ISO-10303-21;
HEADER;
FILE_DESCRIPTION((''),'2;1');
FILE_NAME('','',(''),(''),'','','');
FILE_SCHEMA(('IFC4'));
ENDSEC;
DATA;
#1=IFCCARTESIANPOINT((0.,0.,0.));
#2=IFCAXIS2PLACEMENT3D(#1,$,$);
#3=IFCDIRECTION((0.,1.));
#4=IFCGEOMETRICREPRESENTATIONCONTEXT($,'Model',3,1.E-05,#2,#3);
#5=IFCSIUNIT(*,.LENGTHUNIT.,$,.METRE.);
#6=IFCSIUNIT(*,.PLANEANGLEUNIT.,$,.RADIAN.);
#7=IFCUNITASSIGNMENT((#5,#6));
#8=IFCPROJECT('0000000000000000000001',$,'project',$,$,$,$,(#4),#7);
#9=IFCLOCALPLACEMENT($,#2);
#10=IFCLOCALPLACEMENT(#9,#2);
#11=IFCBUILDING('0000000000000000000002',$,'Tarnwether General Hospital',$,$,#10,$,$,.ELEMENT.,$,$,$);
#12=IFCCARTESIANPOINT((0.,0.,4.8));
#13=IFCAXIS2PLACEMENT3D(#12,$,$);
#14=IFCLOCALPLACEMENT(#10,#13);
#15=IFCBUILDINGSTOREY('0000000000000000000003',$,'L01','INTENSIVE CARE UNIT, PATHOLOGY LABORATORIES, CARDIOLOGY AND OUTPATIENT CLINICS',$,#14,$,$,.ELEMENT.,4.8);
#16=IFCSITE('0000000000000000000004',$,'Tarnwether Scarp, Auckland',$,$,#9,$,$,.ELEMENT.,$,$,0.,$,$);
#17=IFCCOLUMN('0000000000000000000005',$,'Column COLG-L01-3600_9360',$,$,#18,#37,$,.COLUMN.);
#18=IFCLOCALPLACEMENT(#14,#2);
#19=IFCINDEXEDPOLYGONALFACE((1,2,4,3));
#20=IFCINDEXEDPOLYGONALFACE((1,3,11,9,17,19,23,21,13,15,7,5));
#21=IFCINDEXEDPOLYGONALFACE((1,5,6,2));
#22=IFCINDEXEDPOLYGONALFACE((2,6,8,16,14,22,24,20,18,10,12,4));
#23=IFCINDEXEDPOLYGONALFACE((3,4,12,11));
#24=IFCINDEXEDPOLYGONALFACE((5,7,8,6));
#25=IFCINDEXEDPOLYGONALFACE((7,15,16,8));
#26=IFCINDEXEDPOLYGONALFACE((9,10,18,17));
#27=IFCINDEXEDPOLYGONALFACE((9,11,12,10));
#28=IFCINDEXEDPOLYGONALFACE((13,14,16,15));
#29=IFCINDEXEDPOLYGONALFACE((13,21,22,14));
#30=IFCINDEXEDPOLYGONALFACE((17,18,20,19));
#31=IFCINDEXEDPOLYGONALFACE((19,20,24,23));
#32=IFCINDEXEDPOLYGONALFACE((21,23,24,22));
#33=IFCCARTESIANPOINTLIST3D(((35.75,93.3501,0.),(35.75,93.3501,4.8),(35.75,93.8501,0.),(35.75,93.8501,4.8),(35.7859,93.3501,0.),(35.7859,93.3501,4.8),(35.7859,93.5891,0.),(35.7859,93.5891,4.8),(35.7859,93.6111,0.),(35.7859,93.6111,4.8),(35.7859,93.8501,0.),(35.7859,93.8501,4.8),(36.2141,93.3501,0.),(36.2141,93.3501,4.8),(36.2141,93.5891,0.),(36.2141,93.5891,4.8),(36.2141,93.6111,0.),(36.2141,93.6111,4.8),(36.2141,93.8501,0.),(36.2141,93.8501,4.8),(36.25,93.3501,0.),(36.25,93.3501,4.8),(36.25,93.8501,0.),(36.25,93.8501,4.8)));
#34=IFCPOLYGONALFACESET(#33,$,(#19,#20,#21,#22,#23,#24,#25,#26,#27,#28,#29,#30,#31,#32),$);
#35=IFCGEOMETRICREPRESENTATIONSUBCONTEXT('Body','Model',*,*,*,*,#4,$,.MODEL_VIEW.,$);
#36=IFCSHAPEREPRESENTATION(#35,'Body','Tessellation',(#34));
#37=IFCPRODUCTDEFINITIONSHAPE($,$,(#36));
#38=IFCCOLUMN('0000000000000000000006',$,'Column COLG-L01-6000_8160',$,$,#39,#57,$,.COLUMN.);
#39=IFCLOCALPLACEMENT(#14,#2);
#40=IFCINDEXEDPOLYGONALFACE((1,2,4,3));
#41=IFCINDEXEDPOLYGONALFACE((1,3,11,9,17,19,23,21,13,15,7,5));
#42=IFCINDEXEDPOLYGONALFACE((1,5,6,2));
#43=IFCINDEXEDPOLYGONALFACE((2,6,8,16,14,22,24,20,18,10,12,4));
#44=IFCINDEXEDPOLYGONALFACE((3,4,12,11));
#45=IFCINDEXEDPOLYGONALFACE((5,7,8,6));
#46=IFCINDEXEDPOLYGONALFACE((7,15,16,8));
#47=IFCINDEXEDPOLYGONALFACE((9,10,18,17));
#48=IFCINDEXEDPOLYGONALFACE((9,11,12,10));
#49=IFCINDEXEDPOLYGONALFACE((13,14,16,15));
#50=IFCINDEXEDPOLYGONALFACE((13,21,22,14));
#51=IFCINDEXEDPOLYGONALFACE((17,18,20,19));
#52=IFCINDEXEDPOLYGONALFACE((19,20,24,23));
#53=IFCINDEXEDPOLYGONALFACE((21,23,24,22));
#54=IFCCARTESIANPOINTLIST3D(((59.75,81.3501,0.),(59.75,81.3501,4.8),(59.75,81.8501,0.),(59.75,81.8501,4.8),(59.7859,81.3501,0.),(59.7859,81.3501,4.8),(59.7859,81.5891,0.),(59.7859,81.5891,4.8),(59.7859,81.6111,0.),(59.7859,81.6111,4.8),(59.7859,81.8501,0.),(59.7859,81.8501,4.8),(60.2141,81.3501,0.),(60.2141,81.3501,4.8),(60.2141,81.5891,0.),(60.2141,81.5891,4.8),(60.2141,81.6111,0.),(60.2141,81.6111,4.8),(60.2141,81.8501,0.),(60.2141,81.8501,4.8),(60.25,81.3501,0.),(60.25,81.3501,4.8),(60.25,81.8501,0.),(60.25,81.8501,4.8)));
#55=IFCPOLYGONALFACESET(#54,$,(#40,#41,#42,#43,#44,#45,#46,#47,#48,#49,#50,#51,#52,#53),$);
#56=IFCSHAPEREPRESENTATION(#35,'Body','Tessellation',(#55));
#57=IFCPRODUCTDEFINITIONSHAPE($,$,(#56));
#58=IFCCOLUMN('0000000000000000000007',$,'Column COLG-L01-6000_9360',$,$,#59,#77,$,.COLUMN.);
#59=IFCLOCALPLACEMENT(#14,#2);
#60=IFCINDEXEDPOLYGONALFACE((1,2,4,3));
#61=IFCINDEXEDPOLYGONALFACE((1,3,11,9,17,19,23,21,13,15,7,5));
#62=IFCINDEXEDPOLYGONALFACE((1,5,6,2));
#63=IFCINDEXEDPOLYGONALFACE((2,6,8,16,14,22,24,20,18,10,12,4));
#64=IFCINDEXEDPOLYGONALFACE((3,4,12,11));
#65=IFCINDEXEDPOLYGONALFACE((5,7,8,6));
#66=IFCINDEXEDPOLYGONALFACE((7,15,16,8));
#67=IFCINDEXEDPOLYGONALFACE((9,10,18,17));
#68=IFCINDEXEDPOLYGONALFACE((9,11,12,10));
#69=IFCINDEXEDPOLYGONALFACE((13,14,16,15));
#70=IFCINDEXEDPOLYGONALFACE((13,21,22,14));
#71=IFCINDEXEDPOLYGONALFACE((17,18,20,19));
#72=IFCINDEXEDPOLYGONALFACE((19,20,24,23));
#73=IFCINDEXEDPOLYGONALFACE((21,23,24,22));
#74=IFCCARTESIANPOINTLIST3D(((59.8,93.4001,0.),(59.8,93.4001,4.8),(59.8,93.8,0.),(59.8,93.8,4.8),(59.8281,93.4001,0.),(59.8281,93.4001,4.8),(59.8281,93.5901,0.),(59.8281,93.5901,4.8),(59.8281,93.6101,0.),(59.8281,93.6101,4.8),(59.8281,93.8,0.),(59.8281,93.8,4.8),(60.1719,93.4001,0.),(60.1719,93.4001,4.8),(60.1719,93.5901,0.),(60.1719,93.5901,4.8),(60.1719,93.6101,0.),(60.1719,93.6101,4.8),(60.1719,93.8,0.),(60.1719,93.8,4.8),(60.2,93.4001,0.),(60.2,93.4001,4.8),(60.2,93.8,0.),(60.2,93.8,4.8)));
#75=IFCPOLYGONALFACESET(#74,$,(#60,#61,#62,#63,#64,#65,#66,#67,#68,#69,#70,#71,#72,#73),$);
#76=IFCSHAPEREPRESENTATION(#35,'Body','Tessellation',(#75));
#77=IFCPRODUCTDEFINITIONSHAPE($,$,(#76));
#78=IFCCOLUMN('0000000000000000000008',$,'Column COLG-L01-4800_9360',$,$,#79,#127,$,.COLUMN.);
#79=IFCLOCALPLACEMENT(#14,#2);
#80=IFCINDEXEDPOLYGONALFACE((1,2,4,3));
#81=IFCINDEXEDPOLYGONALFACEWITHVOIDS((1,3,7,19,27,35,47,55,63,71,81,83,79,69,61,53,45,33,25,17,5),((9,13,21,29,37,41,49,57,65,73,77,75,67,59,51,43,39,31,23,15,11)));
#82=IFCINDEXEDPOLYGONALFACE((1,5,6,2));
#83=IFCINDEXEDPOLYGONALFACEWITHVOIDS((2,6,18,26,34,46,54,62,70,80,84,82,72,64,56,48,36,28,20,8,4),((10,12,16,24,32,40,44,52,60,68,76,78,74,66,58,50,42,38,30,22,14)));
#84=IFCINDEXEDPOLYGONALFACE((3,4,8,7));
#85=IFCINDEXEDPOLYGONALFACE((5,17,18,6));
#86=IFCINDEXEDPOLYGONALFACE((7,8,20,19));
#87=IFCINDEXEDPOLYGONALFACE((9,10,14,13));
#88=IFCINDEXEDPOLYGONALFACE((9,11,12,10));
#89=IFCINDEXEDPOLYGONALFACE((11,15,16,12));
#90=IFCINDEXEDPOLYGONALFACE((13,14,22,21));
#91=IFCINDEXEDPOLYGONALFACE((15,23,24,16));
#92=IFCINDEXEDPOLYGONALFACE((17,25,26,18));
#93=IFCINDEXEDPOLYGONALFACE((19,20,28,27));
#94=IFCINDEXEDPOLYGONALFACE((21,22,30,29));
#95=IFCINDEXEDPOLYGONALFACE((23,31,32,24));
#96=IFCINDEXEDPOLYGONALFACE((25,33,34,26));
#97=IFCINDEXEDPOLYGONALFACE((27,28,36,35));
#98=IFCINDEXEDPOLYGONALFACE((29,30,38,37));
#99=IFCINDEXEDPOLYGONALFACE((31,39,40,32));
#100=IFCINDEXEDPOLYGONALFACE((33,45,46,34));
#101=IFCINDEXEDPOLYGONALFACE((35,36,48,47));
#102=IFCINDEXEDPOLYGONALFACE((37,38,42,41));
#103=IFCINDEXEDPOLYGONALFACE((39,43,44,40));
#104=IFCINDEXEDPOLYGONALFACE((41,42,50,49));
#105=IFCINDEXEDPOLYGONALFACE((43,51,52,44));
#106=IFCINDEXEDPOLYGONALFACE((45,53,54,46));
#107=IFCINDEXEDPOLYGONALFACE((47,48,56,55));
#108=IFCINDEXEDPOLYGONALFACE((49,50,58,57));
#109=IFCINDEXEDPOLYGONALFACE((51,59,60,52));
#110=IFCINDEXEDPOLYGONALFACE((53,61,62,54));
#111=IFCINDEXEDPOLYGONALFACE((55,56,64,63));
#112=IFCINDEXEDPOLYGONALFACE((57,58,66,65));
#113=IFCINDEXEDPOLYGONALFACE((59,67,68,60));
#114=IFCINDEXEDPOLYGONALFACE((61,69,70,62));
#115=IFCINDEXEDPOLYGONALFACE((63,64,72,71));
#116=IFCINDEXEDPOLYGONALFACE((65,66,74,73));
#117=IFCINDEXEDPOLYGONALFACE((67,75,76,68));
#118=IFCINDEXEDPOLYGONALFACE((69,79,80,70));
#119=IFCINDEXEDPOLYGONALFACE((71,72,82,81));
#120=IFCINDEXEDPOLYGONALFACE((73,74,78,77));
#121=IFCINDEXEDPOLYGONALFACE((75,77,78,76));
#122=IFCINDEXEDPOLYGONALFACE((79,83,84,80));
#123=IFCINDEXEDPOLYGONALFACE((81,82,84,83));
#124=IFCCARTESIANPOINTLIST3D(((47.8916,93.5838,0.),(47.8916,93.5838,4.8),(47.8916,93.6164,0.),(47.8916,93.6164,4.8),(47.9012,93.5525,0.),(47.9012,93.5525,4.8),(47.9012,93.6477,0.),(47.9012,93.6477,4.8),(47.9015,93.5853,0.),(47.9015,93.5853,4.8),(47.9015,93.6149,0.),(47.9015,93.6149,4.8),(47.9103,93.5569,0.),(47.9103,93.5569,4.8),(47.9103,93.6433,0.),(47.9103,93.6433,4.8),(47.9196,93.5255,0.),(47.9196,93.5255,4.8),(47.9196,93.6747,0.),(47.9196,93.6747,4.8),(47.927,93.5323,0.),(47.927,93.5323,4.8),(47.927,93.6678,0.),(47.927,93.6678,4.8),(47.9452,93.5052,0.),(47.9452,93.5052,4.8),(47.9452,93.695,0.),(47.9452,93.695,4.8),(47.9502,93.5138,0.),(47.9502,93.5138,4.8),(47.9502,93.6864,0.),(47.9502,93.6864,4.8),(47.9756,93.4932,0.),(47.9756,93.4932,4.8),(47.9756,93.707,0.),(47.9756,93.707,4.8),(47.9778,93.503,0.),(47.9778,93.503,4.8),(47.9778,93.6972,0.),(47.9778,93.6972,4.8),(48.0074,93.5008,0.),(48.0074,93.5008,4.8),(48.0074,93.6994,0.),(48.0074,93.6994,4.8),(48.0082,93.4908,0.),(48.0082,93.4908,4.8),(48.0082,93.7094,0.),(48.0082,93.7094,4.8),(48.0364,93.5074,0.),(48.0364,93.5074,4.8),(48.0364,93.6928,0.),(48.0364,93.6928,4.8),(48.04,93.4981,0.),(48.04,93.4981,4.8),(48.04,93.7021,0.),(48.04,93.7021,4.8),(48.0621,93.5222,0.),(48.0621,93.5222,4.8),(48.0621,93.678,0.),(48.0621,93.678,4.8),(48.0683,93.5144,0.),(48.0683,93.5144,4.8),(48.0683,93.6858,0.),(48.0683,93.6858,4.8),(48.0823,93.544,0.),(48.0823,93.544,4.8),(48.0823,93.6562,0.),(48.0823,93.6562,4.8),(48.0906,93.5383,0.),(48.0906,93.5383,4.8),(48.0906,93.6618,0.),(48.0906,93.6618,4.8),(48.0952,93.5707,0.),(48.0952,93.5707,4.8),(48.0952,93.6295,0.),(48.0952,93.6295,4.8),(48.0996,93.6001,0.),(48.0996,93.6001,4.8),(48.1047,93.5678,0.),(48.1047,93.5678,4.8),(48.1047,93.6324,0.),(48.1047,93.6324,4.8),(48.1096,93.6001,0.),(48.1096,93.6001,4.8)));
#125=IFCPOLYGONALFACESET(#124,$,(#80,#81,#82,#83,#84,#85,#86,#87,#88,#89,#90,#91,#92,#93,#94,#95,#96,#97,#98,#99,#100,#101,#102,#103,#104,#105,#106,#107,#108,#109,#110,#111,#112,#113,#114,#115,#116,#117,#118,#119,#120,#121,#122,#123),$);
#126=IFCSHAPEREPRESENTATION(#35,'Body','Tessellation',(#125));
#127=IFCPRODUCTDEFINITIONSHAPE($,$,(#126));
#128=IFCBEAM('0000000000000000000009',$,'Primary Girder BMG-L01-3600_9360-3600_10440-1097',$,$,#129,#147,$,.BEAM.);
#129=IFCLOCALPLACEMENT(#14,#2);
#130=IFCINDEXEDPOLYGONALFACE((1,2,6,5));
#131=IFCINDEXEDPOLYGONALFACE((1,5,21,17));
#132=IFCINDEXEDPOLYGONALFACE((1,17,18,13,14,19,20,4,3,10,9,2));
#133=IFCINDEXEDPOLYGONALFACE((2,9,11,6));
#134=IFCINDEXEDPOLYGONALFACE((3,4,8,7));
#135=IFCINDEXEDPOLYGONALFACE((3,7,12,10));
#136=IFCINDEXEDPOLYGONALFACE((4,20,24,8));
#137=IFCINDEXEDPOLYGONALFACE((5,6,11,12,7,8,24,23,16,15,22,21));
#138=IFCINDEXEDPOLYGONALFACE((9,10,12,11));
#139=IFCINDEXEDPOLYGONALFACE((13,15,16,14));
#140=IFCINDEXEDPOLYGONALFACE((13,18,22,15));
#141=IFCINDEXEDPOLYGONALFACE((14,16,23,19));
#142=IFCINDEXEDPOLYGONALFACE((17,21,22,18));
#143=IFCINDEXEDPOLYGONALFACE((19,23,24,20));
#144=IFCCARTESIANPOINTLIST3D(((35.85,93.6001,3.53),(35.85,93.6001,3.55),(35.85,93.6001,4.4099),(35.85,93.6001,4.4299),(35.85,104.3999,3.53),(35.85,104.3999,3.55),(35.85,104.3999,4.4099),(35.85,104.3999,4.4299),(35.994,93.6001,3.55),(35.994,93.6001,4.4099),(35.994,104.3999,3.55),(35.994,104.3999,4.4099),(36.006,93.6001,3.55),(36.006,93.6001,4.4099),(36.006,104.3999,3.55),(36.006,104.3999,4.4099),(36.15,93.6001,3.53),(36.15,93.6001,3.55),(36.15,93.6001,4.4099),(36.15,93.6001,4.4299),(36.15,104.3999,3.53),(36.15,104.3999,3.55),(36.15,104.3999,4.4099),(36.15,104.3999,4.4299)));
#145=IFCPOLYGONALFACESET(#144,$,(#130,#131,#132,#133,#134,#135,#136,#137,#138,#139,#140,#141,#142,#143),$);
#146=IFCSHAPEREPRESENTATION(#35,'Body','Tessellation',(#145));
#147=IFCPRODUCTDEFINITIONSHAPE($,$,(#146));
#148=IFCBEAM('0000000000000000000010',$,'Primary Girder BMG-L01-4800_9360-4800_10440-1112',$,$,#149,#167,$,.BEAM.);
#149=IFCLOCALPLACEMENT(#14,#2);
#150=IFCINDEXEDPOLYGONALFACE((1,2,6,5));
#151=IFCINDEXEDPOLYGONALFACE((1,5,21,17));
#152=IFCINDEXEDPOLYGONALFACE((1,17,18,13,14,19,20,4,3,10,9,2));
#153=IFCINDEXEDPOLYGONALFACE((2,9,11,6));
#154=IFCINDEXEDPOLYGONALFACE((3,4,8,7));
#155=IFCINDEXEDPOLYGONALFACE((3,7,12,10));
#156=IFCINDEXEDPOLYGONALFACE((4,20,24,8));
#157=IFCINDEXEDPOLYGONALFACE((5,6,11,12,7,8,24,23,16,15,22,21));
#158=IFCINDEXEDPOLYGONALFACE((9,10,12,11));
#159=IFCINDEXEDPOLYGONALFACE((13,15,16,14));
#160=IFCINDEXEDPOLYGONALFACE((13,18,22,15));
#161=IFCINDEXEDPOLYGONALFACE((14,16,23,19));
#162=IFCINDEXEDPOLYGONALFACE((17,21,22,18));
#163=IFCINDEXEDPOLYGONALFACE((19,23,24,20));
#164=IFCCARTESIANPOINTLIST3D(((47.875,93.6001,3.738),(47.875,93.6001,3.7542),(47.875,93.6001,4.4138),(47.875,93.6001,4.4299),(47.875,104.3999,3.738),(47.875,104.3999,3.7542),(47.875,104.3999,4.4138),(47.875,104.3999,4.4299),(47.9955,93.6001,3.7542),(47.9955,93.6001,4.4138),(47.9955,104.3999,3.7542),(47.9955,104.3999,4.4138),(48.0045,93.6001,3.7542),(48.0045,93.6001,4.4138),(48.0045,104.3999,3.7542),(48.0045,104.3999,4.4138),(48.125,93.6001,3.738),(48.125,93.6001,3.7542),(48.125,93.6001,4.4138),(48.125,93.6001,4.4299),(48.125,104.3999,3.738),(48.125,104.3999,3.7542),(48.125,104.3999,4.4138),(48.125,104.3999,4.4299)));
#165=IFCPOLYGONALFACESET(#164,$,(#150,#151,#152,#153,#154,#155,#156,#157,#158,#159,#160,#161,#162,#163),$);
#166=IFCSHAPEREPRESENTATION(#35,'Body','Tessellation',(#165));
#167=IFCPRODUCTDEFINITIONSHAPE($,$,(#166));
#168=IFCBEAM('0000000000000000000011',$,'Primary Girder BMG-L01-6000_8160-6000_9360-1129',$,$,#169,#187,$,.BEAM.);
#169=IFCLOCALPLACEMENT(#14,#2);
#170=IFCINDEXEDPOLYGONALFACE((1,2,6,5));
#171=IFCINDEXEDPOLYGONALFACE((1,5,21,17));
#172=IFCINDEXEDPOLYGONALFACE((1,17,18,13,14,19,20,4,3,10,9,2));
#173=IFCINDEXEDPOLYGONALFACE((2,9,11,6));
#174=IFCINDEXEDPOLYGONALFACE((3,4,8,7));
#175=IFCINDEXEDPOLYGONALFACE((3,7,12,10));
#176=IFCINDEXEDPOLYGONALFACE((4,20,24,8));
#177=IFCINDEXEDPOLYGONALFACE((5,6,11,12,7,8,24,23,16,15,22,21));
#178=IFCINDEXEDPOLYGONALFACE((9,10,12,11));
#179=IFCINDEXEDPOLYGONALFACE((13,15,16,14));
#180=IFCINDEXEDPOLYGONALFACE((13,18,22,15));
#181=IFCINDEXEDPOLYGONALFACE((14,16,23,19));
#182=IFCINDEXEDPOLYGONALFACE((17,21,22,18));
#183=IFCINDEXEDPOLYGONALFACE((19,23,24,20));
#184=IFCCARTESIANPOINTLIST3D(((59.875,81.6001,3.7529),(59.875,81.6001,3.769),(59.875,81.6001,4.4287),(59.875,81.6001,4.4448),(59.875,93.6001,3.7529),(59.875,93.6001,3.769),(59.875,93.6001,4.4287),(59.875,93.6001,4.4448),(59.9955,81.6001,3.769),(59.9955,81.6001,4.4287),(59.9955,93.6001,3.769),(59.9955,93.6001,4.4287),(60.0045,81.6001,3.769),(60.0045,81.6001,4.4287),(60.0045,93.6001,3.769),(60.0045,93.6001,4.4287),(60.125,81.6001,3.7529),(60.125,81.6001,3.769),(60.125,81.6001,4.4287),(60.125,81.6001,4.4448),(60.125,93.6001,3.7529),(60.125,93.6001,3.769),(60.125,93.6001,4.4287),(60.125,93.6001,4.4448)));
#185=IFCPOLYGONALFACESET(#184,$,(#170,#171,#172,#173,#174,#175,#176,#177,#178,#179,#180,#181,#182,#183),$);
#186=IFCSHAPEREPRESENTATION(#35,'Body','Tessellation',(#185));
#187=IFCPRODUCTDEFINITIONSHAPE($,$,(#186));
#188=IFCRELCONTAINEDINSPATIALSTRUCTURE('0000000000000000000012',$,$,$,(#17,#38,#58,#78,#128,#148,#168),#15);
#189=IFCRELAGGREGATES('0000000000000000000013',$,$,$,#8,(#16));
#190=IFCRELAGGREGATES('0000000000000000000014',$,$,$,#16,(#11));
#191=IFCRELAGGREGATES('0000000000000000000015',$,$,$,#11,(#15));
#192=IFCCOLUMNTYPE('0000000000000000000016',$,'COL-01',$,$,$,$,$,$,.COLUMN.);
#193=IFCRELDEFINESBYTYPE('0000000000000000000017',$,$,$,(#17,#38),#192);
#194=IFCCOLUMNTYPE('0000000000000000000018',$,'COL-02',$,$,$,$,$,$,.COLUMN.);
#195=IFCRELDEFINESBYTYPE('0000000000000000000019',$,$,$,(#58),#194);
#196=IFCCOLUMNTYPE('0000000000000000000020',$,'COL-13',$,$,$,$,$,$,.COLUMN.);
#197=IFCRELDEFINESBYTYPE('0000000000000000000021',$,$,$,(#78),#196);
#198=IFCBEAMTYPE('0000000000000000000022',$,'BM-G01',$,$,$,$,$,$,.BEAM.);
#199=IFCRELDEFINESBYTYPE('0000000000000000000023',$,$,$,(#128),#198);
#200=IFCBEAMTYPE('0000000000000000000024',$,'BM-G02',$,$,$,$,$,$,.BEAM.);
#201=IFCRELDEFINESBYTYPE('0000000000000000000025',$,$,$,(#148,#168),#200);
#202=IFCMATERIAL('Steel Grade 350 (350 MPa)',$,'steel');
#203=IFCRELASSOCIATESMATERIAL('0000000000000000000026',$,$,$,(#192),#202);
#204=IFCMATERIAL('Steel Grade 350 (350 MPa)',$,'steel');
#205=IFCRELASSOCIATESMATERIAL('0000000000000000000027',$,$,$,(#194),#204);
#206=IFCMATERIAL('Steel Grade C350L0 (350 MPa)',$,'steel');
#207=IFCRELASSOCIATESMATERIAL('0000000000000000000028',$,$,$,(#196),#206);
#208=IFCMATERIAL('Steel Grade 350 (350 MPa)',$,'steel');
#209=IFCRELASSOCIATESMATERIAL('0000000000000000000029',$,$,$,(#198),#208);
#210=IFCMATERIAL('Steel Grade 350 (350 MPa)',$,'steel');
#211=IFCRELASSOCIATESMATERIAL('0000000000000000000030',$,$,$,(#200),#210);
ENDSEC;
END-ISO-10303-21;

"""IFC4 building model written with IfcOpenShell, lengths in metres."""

from ifc_helpers import new_model, si_unit, direction, frame, origin, origin_2d, place, context, subcontext, project, spatial, hollow_circle, i_section, extrude, material, material_profile, profile_set, type_object, element, save


model = new_model("IFC4")

# Units and contexts
model_context = context("Model", 3, precision=1e-05, world=origin(), true_north=direction((0.0, 1.0)))
body_context = subcontext(model_context, "Body", "Model", "MODEL_VIEW")
ifc_project = project(units=[si_unit("LENGTHUNIT", "METRE"), si_unit("PLANEANGLEUNIT", "RADIAN")], contexts=[model_context])

# Site, building, storey
site_placement = place(None, origin())
site = spatial("IfcSite", under=ifc_project, at=site_placement, Name="Tarnwether Scarp, Auckland", CompositionType="ELEMENT", RefElevation=0.0)
building_placement = place(site_placement, origin())
building = spatial("IfcBuilding", under=site, at=building_placement, Name="Tarnwether General Hospital", CompositionType="ELEMENT")
storey_placement = place(building_placement, frame((0.0, 0.0, 4.8)))
storey = spatial("IfcBuildingStorey", under=building, at=storey_placement, Name="L01", Description="INTENSIVE CARE UNIT, PATHOLOGY LABORATORIES, CARDIOLOGY AND OUTPATIENT CLINICS", CompositionType="ELEMENT", Elevation=4.8)

# Columns
ifc_material_1 = material(Name="Steel Grade 350 (350 MPa)", Category="steel")
ifc_material_profile_1 = material_profile(ifc_material_1, i_section(OverallWidth=0.5, OverallDepth=0.5, WebThickness=0.022, FlangeThickness=0.0359, at=origin_2d()), Name="500WC380")
ifc_profile_set_1 = profile_set([ifc_material_profile_1], Name="Steel Grade 350 (350 MPa)")
column_type_1 = type_object("IfcColumnType", Name="COL-01", PredefinedType="COLUMN", material=ifc_profile_set_1)
for number, where, z_axis, x_axis, name in (
    (1, (36.0, 93.6001, 0.0), (0.0, 0.0, 1.0), (0.0, 1.0, 0.0), "Column COLG-L01-3600_9360"),
    (2, (60.0, 81.6001, 0.0), (0.0, 0.0, 1.0), (0.0, 1.0, 0.0), "Column COLG-L01-6000_8160"),
):
    element("IfcColumn", number, at=place(storey_placement, frame(where, z_axis=z_axis, x_axis=x_axis)), inside=storey, type_object=column_type_1, Name=name, PredefinedType="COLUMN", context=body_context, shape_type="SweptSolid", body=[
        extrude(i_section(OverallWidth=0.5, OverallDepth=0.5, WebThickness=0.022, FlangeThickness=0.0359, at=origin_2d()), origin(), (0.0, 0.0, 1.0), 4.8),
    ])
ifc_material_2 = material(Name="Steel Grade 350 (350 MPa)", Category="steel")
ifc_material_profile_2 = material_profile(ifc_material_2, i_section(OverallWidth=0.3999, OverallDepth=0.3999, WebThickness=0.02, FlangeThickness=0.0281, at=origin_2d()), Name="400WC270")
ifc_profile_set_2 = profile_set([ifc_material_profile_2], Name="Steel Grade 350 (350 MPa)")
column_type_2 = type_object("IfcColumnType", Name="COL-02", PredefinedType="COLUMN", material=ifc_profile_set_2)
column_1_placement = place(storey_placement, frame((60.0, 93.6001, 0.0), z_axis=(0.0, 0.0, 1.0), x_axis=(0.0, 1.0, 0.0)))
element("IfcColumn", 3, at=column_1_placement, inside=storey, type_object=column_type_2, Name="Column COLG-L01-6000_9360", PredefinedType="COLUMN", context=body_context, shape_type="SweptSolid", body=[
    extrude(i_section(OverallWidth=0.3999, OverallDepth=0.3999, WebThickness=0.02, FlangeThickness=0.0281, at=origin_2d()), origin(), (0.0, 0.0, 1.0), 4.8),
])
ifc_material_3 = material(Name="Steel Grade C350L0 (350 MPa)", Category="steel")
ifc_material_profile_3 = material_profile(ifc_material_3, hollow_circle(Radius=0.1096, WallThickness=0.01, at=origin_2d()), Name="CHS219.1x10.0")
ifc_profile_set_3 = profile_set([ifc_material_profile_3], Name="Steel Grade C350L0 (350 MPa)")
column_type_3 = type_object("IfcColumnType", Name="COL-13", PredefinedType="COLUMN", material=ifc_profile_set_3)
column_2_placement = place(storey_placement, frame((48.0, 93.6001, 0.0), z_axis=(0.0, 0.0, 1.0), x_axis=(1.0, 0.0, 0.0)))
element("IfcColumn", 4, at=column_2_placement, inside=storey, type_object=column_type_3, Name="Column COLG-L01-4800_9360", PredefinedType="COLUMN", context=body_context, shape_type="SweptSolid", body=[
    extrude(hollow_circle(Radius=0.1096, WallThickness=0.01, at=origin_2d()), origin(), (0.0, 0.0, 1.0), 4.8),
])

# Beams
ifc_material_4 = material(Name="Steel Grade 350 (350 MPa)", Category="steel")
ifc_material_profile_4 = material_profile(ifc_material_4, i_section(OverallWidth=0.3, OverallDepth=0.8999, WebThickness=0.012, FlangeThickness=0.02, at=origin_2d()), Name="900WB175")
ifc_profile_set_4 = profile_set([ifc_material_profile_4], Name="Steel Grade 350 (350 MPa)")
beam_type_1 = type_object("IfcBeamType", Name="BM-G01", PredefinedType="BEAM", material=ifc_profile_set_4)
beam_1_placement = place(storey_placement, frame((36.0, 93.6001, 3.98), z_axis=(0.0, 1.0, 0.0), x_axis=(-1.0, 0.0, 0.0)))
element("IfcBeam", 5, at=beam_1_placement, inside=storey, type_object=beam_type_1, Name="Primary Girder BMG-L01-3600_9360-3600_10440-1097", PredefinedType="BEAM", context=body_context, shape_type="SweptSolid", body=[
    extrude(i_section(OverallWidth=0.3, OverallDepth=0.8999, WebThickness=0.012, FlangeThickness=0.02, at=origin_2d()), origin(), (0.0, 0.0, 1.0), 10.7998),
])
ifc_material_5 = material(Name="Steel Grade 350 (350 MPa)", Category="steel")
ifc_material_profile_5 = material_profile(ifc_material_5, i_section(OverallWidth=0.25, OverallDepth=0.6919, WebThickness=0.009, FlangeThickness=0.0161, at=origin_2d()), Name="700WB115")
ifc_profile_set_5 = profile_set([ifc_material_profile_5], Name="Steel Grade 350 (350 MPa)")
beam_type_2 = type_object("IfcBeamType", Name="BM-G02", PredefinedType="BEAM", material=ifc_profile_set_5)
beam_2_placement = place(storey_placement, frame((48.0, 93.6001, 4.084), z_axis=(0.0, 1.0, 0.0), x_axis=(-1.0, 0.0, 0.0)))
element("IfcBeam", 6, at=beam_2_placement, inside=storey, type_object=beam_type_2, Name="Primary Girder BMG-L01-4800_9360-4800_10440-1112", PredefinedType="BEAM", context=body_context, shape_type="SweptSolid", body=[
    extrude(i_section(OverallWidth=0.25, OverallDepth=0.6919, WebThickness=0.009, FlangeThickness=0.0161, at=origin_2d()), origin(), (0.0, 0.0, 1.0), 10.7998),
])
beam_3_placement = place(storey_placement, frame((60.0, 81.6001, 4.0989), z_axis=(0.0, 1.0, 0.0), x_axis=(-1.0, 0.0, 0.0)))
element("IfcBeam", 7, at=beam_3_placement, inside=storey, type_object=beam_type_2, Name="Primary Girder BMG-L01-6000_8160-6000_9360-1129", PredefinedType="BEAM", context=body_context, shape_type="SweptSolid", body=[
    extrude(i_section(OverallWidth=0.25, OverallDepth=0.6919, WebThickness=0.009, FlangeThickness=0.0161, at=origin_2d()), origin(), (0.0, 0.0, 1.0), 12.0),
])

save(model, "model.ifc")
